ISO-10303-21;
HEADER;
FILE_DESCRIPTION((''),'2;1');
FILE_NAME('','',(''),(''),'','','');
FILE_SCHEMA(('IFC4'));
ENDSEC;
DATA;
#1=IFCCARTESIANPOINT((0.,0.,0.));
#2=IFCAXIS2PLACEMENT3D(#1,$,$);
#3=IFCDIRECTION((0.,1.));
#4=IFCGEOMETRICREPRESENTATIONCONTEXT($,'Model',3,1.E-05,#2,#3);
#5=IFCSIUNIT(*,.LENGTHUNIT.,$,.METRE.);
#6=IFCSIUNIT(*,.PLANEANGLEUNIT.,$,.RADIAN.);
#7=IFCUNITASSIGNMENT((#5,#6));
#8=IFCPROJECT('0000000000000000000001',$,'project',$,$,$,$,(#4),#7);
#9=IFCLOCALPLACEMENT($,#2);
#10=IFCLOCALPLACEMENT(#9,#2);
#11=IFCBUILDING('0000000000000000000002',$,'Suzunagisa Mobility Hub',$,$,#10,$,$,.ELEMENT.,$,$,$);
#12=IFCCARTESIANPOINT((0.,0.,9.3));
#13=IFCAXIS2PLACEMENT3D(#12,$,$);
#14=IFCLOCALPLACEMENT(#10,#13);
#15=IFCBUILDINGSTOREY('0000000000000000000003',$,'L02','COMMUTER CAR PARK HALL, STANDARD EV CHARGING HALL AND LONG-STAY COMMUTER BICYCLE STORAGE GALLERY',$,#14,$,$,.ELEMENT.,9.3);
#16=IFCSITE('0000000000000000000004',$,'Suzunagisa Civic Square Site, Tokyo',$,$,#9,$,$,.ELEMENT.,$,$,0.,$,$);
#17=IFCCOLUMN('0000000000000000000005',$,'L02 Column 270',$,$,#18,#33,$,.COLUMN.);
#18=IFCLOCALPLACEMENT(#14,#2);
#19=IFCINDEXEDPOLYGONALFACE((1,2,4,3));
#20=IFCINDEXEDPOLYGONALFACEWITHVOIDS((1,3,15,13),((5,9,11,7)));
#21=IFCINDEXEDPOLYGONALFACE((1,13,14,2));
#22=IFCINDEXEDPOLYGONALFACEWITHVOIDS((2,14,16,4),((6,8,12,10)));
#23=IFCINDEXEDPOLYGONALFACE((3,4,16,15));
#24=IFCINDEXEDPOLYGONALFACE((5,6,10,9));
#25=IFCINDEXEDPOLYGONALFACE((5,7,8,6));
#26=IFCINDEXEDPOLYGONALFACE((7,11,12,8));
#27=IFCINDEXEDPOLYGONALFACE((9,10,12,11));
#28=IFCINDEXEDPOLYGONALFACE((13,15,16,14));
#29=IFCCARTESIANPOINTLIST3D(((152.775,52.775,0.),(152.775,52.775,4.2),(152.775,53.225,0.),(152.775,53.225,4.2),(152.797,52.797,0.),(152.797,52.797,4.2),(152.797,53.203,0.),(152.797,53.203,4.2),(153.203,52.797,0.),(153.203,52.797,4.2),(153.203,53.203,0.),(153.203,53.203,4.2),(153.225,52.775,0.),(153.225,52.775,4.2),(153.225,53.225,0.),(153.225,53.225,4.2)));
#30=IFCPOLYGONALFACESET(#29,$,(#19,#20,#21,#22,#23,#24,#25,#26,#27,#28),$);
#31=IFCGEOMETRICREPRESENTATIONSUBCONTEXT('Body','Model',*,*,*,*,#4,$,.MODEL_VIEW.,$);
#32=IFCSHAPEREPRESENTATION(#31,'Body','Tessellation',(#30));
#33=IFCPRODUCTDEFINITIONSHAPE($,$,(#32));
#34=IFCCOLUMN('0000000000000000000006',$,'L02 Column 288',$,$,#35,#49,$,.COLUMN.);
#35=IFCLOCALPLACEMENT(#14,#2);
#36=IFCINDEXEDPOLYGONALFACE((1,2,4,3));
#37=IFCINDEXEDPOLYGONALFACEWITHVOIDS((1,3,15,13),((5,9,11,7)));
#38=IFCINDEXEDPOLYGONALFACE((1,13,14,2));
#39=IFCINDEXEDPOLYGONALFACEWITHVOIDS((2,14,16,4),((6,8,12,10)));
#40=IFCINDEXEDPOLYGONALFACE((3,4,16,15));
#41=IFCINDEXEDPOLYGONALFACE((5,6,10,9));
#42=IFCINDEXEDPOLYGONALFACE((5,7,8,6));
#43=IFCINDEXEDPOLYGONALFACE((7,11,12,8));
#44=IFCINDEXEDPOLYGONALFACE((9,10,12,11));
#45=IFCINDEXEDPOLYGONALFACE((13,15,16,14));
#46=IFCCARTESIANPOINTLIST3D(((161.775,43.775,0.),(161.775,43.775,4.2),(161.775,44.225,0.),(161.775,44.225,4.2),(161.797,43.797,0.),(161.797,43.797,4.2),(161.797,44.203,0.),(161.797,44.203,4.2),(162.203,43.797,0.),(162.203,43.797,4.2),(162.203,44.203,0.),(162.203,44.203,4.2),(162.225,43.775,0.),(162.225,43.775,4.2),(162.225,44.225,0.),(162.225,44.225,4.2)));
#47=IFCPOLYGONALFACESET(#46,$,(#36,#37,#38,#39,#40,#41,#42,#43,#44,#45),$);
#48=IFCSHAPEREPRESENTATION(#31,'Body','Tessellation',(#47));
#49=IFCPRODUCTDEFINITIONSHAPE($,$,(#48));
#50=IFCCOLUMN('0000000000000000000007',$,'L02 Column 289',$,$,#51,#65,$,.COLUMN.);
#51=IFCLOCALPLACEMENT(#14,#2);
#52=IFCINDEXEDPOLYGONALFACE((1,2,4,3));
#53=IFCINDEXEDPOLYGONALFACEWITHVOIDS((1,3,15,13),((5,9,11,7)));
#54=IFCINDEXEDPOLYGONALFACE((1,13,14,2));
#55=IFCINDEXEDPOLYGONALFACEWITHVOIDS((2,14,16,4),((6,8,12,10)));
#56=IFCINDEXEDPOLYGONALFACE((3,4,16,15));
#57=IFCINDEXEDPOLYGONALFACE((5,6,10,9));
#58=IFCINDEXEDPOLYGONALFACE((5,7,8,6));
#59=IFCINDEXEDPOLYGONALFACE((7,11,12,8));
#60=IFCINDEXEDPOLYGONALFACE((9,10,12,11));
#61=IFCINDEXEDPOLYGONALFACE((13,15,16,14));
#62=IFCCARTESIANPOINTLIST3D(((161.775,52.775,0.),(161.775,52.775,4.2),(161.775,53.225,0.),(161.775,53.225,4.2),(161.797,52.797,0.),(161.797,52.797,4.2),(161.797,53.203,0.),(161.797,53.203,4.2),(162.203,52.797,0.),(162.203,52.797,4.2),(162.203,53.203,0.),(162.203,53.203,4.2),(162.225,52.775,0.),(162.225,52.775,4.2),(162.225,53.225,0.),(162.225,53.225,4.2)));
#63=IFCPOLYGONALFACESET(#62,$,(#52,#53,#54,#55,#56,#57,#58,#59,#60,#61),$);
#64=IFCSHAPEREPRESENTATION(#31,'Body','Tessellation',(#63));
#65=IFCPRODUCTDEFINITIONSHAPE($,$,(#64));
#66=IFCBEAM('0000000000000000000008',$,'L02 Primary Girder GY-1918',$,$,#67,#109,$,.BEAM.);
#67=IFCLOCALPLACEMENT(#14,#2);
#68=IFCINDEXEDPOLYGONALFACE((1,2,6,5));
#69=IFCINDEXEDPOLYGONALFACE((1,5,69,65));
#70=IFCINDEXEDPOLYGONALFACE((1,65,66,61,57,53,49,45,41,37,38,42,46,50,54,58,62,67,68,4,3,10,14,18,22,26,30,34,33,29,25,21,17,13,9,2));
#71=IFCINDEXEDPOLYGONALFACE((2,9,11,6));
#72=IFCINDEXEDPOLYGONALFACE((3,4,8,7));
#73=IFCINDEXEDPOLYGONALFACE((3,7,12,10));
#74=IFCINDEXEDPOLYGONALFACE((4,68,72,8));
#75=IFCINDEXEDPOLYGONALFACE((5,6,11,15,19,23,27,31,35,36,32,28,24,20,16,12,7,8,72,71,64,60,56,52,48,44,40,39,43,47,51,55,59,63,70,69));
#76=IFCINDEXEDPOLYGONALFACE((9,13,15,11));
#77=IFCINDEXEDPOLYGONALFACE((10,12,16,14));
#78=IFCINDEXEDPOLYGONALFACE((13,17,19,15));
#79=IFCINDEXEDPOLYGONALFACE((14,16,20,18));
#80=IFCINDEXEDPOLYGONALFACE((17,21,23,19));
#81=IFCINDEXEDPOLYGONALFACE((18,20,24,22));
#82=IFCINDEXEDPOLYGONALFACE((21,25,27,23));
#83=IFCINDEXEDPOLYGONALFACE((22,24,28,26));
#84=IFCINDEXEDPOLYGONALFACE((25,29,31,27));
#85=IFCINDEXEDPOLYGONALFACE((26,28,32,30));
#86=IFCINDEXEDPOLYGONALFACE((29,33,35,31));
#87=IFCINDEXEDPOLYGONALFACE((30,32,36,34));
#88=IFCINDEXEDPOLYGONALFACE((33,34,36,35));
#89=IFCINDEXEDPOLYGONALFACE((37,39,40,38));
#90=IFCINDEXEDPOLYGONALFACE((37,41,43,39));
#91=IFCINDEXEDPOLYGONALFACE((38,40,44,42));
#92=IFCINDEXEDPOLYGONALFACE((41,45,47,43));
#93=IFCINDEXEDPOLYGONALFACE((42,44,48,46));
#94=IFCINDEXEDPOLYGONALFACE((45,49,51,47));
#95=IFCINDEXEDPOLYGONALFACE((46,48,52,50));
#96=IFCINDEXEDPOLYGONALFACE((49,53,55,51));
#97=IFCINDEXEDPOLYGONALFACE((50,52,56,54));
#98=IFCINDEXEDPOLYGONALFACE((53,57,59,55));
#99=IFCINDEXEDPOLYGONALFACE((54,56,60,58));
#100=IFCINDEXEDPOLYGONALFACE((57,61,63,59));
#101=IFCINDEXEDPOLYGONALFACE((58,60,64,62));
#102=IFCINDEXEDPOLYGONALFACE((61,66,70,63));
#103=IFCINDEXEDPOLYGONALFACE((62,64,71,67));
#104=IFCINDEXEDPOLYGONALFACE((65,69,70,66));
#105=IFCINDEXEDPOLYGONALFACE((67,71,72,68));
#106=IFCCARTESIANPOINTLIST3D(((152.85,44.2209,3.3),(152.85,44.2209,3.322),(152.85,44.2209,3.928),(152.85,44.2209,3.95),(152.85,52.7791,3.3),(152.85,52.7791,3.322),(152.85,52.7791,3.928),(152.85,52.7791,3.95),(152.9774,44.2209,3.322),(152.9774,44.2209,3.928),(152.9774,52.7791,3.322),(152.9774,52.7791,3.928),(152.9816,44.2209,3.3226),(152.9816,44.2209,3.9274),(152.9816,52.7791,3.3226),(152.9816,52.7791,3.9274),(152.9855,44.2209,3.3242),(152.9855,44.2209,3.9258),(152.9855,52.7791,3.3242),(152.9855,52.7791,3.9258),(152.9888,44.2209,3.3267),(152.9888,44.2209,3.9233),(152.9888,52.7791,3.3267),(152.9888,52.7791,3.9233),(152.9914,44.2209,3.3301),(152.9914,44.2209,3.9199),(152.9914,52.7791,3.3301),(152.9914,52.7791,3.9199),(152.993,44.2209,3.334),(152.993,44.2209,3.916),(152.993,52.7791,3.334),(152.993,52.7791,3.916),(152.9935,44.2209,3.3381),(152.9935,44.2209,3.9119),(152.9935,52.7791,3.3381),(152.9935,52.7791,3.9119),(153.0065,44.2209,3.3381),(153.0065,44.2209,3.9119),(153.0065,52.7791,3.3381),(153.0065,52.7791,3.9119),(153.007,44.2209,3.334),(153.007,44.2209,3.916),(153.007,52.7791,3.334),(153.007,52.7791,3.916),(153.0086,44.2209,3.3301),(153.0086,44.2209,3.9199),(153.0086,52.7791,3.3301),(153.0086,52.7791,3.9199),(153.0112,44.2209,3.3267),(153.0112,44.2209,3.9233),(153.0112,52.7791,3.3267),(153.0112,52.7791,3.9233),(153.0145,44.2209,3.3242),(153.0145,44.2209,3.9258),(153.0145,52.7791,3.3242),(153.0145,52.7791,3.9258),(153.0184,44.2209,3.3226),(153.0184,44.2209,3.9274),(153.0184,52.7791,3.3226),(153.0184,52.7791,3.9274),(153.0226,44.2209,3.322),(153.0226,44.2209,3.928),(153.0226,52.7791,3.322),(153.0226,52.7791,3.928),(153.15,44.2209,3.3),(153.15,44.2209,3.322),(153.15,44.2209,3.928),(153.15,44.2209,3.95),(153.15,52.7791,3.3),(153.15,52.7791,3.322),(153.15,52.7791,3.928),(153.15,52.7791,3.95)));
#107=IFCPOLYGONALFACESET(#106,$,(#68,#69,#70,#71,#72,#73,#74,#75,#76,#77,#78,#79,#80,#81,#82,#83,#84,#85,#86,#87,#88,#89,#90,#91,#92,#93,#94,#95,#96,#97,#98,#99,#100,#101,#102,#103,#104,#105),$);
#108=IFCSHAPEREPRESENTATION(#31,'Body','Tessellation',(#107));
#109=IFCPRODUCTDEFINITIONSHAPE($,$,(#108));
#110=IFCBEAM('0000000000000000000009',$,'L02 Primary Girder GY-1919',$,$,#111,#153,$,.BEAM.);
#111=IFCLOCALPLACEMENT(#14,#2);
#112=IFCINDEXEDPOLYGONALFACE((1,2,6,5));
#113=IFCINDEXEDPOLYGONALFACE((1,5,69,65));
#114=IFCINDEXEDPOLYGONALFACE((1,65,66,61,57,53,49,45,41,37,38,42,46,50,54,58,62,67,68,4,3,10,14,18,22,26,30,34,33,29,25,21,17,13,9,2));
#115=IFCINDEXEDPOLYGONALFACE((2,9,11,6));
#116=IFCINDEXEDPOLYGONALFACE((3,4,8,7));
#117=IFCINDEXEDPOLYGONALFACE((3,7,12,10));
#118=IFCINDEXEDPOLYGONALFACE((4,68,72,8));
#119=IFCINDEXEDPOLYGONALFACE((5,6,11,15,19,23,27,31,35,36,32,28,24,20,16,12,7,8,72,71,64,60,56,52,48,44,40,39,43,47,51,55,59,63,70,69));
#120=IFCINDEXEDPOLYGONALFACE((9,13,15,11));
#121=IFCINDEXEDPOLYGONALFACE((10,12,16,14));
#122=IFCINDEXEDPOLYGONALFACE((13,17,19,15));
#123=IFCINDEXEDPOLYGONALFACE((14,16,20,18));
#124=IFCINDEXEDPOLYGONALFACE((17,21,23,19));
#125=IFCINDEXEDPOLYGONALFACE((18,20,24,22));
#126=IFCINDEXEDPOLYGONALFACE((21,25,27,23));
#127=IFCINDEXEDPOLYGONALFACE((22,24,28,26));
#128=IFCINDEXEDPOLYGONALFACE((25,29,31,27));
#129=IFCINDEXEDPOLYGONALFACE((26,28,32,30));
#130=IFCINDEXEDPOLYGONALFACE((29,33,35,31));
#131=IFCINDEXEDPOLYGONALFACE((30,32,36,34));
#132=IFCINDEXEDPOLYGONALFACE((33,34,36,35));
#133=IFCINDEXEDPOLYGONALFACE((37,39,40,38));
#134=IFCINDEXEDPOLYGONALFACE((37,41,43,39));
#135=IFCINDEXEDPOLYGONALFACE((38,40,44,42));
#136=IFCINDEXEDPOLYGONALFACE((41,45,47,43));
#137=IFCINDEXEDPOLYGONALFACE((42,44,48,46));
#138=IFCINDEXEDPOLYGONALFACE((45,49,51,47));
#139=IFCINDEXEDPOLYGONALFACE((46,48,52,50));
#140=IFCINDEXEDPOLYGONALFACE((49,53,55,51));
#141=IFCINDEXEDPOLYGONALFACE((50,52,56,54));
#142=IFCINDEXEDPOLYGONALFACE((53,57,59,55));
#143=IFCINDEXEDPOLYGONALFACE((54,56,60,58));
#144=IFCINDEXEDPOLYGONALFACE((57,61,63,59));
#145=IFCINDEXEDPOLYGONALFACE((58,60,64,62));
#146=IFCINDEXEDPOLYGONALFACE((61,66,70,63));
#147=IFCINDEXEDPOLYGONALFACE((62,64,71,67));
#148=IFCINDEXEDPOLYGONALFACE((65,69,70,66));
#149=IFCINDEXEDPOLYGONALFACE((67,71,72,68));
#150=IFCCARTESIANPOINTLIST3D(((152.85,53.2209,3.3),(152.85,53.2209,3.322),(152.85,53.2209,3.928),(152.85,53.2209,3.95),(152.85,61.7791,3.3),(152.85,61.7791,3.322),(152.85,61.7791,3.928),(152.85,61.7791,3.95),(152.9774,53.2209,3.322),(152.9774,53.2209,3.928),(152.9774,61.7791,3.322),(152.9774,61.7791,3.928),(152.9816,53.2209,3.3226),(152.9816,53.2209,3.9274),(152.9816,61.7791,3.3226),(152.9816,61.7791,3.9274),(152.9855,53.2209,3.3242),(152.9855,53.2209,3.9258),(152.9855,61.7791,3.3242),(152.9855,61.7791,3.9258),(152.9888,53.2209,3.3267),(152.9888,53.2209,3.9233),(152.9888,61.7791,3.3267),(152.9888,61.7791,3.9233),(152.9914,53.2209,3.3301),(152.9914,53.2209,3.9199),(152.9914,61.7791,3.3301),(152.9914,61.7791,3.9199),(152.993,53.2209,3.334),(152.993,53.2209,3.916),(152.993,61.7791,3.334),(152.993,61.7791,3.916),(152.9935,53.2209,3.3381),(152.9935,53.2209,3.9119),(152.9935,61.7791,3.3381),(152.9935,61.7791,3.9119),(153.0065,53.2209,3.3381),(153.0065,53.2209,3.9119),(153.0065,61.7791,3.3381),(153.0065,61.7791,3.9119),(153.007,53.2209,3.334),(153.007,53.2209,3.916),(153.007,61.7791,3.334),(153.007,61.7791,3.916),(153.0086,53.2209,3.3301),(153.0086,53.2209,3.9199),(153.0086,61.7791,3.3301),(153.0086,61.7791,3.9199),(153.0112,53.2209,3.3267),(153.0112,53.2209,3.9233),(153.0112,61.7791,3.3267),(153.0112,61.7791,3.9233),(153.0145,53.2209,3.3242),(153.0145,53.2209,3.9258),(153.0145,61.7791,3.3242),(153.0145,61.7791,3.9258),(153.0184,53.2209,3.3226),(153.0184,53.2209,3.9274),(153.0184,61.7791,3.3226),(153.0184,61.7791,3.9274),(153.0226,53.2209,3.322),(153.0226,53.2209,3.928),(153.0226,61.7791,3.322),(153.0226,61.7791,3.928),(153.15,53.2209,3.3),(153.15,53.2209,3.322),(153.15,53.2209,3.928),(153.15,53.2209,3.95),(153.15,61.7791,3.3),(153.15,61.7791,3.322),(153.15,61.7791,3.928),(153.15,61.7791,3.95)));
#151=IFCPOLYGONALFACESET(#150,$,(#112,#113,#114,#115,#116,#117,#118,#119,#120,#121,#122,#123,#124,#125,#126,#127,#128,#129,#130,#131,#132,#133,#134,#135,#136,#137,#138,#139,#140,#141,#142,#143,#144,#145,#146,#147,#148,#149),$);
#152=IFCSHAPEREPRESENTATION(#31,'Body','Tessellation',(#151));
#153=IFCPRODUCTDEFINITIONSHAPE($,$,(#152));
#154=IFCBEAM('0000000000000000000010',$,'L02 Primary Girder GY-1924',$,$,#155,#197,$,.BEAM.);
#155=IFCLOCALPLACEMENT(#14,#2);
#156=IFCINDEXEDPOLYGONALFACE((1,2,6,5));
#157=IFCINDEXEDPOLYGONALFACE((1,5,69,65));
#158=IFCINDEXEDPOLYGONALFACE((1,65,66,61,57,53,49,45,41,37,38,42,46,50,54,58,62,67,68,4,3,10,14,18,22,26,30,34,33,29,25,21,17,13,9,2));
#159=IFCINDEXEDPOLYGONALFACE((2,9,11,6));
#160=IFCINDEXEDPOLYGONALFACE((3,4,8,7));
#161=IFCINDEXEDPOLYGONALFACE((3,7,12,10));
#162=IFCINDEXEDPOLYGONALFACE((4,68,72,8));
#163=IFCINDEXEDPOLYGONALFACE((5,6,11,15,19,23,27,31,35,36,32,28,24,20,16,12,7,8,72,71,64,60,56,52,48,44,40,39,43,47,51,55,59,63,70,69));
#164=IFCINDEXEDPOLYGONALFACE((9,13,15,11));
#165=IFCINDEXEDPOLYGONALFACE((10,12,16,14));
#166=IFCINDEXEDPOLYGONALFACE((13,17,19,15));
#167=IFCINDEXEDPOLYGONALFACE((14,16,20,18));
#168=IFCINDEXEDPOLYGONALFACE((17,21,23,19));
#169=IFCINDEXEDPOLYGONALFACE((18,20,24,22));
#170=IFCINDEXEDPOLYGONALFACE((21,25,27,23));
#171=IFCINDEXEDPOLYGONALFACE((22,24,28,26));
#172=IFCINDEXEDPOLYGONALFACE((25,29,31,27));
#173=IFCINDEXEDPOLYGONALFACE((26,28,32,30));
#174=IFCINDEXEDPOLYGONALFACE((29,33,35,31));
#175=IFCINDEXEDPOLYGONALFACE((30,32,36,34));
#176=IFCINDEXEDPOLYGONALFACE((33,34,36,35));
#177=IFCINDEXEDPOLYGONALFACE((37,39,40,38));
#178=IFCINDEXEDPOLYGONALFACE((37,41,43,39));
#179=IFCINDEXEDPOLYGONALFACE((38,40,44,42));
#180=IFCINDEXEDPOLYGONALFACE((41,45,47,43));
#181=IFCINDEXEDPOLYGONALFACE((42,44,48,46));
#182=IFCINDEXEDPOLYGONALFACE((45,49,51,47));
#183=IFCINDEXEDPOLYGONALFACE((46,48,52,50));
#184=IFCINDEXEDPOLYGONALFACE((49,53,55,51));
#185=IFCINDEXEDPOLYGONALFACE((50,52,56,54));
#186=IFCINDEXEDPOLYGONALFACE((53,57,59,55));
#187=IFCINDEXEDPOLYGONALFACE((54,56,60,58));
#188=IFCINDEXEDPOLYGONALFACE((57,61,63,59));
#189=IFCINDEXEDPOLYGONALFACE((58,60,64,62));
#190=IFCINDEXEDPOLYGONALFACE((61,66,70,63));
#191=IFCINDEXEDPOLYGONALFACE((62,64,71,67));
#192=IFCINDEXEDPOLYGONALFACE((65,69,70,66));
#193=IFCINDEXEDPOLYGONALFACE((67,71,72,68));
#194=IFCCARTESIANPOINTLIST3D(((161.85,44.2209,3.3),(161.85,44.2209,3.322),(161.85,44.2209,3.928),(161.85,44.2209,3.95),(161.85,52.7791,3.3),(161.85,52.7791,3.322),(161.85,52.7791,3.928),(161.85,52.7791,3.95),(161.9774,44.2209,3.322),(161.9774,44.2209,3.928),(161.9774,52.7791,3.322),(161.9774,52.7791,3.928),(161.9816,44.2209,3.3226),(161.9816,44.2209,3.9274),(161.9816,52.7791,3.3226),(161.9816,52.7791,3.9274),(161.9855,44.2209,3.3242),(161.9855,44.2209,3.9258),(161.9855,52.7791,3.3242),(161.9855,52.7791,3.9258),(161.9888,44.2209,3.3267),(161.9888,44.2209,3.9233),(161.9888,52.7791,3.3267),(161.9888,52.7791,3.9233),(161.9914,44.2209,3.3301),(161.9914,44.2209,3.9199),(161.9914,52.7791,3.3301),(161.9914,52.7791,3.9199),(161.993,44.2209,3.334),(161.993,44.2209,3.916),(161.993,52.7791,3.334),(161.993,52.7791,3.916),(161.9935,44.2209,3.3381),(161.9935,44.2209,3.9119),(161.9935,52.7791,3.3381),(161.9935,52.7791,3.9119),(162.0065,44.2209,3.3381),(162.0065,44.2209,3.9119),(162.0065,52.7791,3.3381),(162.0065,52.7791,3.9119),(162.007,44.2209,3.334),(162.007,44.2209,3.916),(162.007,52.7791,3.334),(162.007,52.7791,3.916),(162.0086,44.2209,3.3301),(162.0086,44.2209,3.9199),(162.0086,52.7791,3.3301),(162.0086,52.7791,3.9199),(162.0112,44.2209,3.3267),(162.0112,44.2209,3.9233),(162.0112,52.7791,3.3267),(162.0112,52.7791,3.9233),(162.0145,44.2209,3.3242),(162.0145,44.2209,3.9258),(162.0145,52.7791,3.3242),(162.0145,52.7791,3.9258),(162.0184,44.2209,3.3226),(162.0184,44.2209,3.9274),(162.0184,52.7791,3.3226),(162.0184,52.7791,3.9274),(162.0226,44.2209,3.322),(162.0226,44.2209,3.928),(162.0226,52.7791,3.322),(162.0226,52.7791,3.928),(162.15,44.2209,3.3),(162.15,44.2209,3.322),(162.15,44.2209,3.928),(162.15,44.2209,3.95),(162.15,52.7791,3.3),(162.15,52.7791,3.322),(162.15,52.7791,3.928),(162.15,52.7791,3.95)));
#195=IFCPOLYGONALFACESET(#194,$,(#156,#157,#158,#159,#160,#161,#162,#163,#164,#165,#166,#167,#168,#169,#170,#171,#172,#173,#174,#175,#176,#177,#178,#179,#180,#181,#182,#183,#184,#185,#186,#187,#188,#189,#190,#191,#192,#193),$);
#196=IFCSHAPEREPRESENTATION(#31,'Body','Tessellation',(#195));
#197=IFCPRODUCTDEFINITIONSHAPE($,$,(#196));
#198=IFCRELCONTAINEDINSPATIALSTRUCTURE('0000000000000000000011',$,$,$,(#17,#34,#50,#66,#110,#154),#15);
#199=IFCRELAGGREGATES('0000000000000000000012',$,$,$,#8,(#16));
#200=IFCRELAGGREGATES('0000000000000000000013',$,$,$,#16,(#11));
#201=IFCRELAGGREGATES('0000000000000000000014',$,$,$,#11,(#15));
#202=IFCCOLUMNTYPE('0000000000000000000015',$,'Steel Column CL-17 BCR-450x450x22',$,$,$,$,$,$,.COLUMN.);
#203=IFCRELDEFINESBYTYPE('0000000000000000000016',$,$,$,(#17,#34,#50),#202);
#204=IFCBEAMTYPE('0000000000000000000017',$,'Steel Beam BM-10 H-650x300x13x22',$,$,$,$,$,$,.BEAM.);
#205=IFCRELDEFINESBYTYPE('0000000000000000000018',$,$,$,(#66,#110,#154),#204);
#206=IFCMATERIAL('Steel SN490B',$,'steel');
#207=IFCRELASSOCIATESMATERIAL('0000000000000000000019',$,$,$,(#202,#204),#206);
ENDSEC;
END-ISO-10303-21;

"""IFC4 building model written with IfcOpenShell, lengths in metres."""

from ifc_helpers import new_model, si_unit, direction, frame, origin, origin_2d, place, context, subcontext, project, spatial, hollow_rectangle, i_section, extrude, material, material_profile, profile_set, type_object, element, save


model = new_model("IFC4")

# Units and contexts
model_context = context("Model", 3, precision=1e-05, world=origin(), true_north=direction((0.0, 1.0)))
body_context = subcontext(model_context, "Body", "Model", "MODEL_VIEW")
ifc_project = project(units=[si_unit("LENGTHUNIT", "METRE"), si_unit("PLANEANGLEUNIT", "RADIAN")], contexts=[model_context])

# Site, building, storey
site_placement = place(None, origin())
site = spatial("IfcSite", under=ifc_project, at=site_placement, Name="Suzunagisa Civic Square Site, Tokyo", CompositionType="ELEMENT", RefElevation=0.0)
building_placement = place(site_placement, origin())
building = spatial("IfcBuilding", under=site, at=building_placement, Name="Suzunagisa Mobility Hub", CompositionType="ELEMENT")
storey_placement = place(building_placement, frame((0.0, 0.0, 9.3)))
storey = spatial("IfcBuildingStorey", under=building, at=storey_placement, Name="L02", Description="COMMUTER CAR PARK HALL, STANDARD EV CHARGING HALL AND LONG-STAY COMMUTER BICYCLE STORAGE GALLERY", CompositionType="ELEMENT", Elevation=9.3)

# Columns
ifc_material_1 = material(Name="Steel SN490B", Category="steel")
ifc_material_profile_1 = material_profile(ifc_material_1, hollow_rectangle(XDim=0.45, YDim=0.45, WallThickness=0.022, at=origin_2d()), Name="BCR-450x450x22")
ifc_profile_set_1 = profile_set([ifc_material_profile_1], Name="Steel SN490B")
column_type = type_object("IfcColumnType", Name="Steel Column CL-17 BCR-450x450x22", PredefinedType="COLUMN", material=ifc_profile_set_1)
for number, where, z_axis, x_axis, name in (
    (1, (153.0, 53.0, 0.0), (0.0, 0.0, 1.0), (1.0, 0.0, 0.0), "L02 Column 270"),
    (2, (162.0, 44.0, 0.0), (0.0, 0.0, 1.0), (1.0, 0.0, 0.0), "L02 Column 288"),
    (3, (162.0, 53.0, 0.0), (0.0, 0.0, 1.0), (1.0, 0.0, 0.0), "L02 Column 289"),
):
    element("IfcColumn", number, at=place(storey_placement, frame(where, z_axis=z_axis, x_axis=x_axis)), inside=storey, type_object=column_type, Name=name, PredefinedType="COLUMN", context=body_context, shape_type="SweptSolid", body=[
        extrude(hollow_rectangle(XDim=0.45, YDim=0.45, WallThickness=0.022, at=origin_2d()), origin(), (0.0, 0.0, 1.0), 4.2),
    ])

# Beams
ifc_material_profile_2 = material_profile(ifc_material_1, i_section(OverallWidth=0.3, OverallDepth=0.6499, WebThickness=0.0129, FlangeThickness=0.022, FilletRadius=0.0161, at=origin_2d()), Name="H-650x300x13x22")
ifc_profile_set_2 = profile_set([ifc_material_profile_2], Name="Steel SN490B")
beam_type_1 = type_object("IfcBeamType", Name="Steel Beam BM-10 H-650x300x13x22", PredefinedType="BEAM", material=ifc_profile_set_2)
for number, where, z_axis, x_axis, name in (
    (4, (153.0, 44.2209, 3.625), (0.0, 1.0, 0.0), (-1.0, 0.0, 0.0), "L02 Primary Girder GY-1918"),
    (5, (153.0, 53.2209, 3.625), (0.0, 1.0, 0.0), (-1.0, 0.0, 0.0), "L02 Primary Girder GY-1919"),
    (6, (162.0, 44.2209, 3.625), (0.0, 1.0, 0.0), (-1.0, 0.0, 0.0), "L02 Primary Girder GY-1924"),
):
    element("IfcBeam", number, at=place(storey_placement, frame(where, z_axis=z_axis, x_axis=x_axis)), inside=storey, type_object=beam_type_1, Name=name, PredefinedType="BEAM", context=body_context, shape_type="SweptSolid", body=[
        extrude(i_section(OverallWidth=0.3, OverallDepth=0.6499, WebThickness=0.0129, FlangeThickness=0.022, FilletRadius=0.0161, at=origin_2d()), origin(), (0.0, 0.0, 1.0), 8.5581),
    ])

save(model, "model.ifc")
